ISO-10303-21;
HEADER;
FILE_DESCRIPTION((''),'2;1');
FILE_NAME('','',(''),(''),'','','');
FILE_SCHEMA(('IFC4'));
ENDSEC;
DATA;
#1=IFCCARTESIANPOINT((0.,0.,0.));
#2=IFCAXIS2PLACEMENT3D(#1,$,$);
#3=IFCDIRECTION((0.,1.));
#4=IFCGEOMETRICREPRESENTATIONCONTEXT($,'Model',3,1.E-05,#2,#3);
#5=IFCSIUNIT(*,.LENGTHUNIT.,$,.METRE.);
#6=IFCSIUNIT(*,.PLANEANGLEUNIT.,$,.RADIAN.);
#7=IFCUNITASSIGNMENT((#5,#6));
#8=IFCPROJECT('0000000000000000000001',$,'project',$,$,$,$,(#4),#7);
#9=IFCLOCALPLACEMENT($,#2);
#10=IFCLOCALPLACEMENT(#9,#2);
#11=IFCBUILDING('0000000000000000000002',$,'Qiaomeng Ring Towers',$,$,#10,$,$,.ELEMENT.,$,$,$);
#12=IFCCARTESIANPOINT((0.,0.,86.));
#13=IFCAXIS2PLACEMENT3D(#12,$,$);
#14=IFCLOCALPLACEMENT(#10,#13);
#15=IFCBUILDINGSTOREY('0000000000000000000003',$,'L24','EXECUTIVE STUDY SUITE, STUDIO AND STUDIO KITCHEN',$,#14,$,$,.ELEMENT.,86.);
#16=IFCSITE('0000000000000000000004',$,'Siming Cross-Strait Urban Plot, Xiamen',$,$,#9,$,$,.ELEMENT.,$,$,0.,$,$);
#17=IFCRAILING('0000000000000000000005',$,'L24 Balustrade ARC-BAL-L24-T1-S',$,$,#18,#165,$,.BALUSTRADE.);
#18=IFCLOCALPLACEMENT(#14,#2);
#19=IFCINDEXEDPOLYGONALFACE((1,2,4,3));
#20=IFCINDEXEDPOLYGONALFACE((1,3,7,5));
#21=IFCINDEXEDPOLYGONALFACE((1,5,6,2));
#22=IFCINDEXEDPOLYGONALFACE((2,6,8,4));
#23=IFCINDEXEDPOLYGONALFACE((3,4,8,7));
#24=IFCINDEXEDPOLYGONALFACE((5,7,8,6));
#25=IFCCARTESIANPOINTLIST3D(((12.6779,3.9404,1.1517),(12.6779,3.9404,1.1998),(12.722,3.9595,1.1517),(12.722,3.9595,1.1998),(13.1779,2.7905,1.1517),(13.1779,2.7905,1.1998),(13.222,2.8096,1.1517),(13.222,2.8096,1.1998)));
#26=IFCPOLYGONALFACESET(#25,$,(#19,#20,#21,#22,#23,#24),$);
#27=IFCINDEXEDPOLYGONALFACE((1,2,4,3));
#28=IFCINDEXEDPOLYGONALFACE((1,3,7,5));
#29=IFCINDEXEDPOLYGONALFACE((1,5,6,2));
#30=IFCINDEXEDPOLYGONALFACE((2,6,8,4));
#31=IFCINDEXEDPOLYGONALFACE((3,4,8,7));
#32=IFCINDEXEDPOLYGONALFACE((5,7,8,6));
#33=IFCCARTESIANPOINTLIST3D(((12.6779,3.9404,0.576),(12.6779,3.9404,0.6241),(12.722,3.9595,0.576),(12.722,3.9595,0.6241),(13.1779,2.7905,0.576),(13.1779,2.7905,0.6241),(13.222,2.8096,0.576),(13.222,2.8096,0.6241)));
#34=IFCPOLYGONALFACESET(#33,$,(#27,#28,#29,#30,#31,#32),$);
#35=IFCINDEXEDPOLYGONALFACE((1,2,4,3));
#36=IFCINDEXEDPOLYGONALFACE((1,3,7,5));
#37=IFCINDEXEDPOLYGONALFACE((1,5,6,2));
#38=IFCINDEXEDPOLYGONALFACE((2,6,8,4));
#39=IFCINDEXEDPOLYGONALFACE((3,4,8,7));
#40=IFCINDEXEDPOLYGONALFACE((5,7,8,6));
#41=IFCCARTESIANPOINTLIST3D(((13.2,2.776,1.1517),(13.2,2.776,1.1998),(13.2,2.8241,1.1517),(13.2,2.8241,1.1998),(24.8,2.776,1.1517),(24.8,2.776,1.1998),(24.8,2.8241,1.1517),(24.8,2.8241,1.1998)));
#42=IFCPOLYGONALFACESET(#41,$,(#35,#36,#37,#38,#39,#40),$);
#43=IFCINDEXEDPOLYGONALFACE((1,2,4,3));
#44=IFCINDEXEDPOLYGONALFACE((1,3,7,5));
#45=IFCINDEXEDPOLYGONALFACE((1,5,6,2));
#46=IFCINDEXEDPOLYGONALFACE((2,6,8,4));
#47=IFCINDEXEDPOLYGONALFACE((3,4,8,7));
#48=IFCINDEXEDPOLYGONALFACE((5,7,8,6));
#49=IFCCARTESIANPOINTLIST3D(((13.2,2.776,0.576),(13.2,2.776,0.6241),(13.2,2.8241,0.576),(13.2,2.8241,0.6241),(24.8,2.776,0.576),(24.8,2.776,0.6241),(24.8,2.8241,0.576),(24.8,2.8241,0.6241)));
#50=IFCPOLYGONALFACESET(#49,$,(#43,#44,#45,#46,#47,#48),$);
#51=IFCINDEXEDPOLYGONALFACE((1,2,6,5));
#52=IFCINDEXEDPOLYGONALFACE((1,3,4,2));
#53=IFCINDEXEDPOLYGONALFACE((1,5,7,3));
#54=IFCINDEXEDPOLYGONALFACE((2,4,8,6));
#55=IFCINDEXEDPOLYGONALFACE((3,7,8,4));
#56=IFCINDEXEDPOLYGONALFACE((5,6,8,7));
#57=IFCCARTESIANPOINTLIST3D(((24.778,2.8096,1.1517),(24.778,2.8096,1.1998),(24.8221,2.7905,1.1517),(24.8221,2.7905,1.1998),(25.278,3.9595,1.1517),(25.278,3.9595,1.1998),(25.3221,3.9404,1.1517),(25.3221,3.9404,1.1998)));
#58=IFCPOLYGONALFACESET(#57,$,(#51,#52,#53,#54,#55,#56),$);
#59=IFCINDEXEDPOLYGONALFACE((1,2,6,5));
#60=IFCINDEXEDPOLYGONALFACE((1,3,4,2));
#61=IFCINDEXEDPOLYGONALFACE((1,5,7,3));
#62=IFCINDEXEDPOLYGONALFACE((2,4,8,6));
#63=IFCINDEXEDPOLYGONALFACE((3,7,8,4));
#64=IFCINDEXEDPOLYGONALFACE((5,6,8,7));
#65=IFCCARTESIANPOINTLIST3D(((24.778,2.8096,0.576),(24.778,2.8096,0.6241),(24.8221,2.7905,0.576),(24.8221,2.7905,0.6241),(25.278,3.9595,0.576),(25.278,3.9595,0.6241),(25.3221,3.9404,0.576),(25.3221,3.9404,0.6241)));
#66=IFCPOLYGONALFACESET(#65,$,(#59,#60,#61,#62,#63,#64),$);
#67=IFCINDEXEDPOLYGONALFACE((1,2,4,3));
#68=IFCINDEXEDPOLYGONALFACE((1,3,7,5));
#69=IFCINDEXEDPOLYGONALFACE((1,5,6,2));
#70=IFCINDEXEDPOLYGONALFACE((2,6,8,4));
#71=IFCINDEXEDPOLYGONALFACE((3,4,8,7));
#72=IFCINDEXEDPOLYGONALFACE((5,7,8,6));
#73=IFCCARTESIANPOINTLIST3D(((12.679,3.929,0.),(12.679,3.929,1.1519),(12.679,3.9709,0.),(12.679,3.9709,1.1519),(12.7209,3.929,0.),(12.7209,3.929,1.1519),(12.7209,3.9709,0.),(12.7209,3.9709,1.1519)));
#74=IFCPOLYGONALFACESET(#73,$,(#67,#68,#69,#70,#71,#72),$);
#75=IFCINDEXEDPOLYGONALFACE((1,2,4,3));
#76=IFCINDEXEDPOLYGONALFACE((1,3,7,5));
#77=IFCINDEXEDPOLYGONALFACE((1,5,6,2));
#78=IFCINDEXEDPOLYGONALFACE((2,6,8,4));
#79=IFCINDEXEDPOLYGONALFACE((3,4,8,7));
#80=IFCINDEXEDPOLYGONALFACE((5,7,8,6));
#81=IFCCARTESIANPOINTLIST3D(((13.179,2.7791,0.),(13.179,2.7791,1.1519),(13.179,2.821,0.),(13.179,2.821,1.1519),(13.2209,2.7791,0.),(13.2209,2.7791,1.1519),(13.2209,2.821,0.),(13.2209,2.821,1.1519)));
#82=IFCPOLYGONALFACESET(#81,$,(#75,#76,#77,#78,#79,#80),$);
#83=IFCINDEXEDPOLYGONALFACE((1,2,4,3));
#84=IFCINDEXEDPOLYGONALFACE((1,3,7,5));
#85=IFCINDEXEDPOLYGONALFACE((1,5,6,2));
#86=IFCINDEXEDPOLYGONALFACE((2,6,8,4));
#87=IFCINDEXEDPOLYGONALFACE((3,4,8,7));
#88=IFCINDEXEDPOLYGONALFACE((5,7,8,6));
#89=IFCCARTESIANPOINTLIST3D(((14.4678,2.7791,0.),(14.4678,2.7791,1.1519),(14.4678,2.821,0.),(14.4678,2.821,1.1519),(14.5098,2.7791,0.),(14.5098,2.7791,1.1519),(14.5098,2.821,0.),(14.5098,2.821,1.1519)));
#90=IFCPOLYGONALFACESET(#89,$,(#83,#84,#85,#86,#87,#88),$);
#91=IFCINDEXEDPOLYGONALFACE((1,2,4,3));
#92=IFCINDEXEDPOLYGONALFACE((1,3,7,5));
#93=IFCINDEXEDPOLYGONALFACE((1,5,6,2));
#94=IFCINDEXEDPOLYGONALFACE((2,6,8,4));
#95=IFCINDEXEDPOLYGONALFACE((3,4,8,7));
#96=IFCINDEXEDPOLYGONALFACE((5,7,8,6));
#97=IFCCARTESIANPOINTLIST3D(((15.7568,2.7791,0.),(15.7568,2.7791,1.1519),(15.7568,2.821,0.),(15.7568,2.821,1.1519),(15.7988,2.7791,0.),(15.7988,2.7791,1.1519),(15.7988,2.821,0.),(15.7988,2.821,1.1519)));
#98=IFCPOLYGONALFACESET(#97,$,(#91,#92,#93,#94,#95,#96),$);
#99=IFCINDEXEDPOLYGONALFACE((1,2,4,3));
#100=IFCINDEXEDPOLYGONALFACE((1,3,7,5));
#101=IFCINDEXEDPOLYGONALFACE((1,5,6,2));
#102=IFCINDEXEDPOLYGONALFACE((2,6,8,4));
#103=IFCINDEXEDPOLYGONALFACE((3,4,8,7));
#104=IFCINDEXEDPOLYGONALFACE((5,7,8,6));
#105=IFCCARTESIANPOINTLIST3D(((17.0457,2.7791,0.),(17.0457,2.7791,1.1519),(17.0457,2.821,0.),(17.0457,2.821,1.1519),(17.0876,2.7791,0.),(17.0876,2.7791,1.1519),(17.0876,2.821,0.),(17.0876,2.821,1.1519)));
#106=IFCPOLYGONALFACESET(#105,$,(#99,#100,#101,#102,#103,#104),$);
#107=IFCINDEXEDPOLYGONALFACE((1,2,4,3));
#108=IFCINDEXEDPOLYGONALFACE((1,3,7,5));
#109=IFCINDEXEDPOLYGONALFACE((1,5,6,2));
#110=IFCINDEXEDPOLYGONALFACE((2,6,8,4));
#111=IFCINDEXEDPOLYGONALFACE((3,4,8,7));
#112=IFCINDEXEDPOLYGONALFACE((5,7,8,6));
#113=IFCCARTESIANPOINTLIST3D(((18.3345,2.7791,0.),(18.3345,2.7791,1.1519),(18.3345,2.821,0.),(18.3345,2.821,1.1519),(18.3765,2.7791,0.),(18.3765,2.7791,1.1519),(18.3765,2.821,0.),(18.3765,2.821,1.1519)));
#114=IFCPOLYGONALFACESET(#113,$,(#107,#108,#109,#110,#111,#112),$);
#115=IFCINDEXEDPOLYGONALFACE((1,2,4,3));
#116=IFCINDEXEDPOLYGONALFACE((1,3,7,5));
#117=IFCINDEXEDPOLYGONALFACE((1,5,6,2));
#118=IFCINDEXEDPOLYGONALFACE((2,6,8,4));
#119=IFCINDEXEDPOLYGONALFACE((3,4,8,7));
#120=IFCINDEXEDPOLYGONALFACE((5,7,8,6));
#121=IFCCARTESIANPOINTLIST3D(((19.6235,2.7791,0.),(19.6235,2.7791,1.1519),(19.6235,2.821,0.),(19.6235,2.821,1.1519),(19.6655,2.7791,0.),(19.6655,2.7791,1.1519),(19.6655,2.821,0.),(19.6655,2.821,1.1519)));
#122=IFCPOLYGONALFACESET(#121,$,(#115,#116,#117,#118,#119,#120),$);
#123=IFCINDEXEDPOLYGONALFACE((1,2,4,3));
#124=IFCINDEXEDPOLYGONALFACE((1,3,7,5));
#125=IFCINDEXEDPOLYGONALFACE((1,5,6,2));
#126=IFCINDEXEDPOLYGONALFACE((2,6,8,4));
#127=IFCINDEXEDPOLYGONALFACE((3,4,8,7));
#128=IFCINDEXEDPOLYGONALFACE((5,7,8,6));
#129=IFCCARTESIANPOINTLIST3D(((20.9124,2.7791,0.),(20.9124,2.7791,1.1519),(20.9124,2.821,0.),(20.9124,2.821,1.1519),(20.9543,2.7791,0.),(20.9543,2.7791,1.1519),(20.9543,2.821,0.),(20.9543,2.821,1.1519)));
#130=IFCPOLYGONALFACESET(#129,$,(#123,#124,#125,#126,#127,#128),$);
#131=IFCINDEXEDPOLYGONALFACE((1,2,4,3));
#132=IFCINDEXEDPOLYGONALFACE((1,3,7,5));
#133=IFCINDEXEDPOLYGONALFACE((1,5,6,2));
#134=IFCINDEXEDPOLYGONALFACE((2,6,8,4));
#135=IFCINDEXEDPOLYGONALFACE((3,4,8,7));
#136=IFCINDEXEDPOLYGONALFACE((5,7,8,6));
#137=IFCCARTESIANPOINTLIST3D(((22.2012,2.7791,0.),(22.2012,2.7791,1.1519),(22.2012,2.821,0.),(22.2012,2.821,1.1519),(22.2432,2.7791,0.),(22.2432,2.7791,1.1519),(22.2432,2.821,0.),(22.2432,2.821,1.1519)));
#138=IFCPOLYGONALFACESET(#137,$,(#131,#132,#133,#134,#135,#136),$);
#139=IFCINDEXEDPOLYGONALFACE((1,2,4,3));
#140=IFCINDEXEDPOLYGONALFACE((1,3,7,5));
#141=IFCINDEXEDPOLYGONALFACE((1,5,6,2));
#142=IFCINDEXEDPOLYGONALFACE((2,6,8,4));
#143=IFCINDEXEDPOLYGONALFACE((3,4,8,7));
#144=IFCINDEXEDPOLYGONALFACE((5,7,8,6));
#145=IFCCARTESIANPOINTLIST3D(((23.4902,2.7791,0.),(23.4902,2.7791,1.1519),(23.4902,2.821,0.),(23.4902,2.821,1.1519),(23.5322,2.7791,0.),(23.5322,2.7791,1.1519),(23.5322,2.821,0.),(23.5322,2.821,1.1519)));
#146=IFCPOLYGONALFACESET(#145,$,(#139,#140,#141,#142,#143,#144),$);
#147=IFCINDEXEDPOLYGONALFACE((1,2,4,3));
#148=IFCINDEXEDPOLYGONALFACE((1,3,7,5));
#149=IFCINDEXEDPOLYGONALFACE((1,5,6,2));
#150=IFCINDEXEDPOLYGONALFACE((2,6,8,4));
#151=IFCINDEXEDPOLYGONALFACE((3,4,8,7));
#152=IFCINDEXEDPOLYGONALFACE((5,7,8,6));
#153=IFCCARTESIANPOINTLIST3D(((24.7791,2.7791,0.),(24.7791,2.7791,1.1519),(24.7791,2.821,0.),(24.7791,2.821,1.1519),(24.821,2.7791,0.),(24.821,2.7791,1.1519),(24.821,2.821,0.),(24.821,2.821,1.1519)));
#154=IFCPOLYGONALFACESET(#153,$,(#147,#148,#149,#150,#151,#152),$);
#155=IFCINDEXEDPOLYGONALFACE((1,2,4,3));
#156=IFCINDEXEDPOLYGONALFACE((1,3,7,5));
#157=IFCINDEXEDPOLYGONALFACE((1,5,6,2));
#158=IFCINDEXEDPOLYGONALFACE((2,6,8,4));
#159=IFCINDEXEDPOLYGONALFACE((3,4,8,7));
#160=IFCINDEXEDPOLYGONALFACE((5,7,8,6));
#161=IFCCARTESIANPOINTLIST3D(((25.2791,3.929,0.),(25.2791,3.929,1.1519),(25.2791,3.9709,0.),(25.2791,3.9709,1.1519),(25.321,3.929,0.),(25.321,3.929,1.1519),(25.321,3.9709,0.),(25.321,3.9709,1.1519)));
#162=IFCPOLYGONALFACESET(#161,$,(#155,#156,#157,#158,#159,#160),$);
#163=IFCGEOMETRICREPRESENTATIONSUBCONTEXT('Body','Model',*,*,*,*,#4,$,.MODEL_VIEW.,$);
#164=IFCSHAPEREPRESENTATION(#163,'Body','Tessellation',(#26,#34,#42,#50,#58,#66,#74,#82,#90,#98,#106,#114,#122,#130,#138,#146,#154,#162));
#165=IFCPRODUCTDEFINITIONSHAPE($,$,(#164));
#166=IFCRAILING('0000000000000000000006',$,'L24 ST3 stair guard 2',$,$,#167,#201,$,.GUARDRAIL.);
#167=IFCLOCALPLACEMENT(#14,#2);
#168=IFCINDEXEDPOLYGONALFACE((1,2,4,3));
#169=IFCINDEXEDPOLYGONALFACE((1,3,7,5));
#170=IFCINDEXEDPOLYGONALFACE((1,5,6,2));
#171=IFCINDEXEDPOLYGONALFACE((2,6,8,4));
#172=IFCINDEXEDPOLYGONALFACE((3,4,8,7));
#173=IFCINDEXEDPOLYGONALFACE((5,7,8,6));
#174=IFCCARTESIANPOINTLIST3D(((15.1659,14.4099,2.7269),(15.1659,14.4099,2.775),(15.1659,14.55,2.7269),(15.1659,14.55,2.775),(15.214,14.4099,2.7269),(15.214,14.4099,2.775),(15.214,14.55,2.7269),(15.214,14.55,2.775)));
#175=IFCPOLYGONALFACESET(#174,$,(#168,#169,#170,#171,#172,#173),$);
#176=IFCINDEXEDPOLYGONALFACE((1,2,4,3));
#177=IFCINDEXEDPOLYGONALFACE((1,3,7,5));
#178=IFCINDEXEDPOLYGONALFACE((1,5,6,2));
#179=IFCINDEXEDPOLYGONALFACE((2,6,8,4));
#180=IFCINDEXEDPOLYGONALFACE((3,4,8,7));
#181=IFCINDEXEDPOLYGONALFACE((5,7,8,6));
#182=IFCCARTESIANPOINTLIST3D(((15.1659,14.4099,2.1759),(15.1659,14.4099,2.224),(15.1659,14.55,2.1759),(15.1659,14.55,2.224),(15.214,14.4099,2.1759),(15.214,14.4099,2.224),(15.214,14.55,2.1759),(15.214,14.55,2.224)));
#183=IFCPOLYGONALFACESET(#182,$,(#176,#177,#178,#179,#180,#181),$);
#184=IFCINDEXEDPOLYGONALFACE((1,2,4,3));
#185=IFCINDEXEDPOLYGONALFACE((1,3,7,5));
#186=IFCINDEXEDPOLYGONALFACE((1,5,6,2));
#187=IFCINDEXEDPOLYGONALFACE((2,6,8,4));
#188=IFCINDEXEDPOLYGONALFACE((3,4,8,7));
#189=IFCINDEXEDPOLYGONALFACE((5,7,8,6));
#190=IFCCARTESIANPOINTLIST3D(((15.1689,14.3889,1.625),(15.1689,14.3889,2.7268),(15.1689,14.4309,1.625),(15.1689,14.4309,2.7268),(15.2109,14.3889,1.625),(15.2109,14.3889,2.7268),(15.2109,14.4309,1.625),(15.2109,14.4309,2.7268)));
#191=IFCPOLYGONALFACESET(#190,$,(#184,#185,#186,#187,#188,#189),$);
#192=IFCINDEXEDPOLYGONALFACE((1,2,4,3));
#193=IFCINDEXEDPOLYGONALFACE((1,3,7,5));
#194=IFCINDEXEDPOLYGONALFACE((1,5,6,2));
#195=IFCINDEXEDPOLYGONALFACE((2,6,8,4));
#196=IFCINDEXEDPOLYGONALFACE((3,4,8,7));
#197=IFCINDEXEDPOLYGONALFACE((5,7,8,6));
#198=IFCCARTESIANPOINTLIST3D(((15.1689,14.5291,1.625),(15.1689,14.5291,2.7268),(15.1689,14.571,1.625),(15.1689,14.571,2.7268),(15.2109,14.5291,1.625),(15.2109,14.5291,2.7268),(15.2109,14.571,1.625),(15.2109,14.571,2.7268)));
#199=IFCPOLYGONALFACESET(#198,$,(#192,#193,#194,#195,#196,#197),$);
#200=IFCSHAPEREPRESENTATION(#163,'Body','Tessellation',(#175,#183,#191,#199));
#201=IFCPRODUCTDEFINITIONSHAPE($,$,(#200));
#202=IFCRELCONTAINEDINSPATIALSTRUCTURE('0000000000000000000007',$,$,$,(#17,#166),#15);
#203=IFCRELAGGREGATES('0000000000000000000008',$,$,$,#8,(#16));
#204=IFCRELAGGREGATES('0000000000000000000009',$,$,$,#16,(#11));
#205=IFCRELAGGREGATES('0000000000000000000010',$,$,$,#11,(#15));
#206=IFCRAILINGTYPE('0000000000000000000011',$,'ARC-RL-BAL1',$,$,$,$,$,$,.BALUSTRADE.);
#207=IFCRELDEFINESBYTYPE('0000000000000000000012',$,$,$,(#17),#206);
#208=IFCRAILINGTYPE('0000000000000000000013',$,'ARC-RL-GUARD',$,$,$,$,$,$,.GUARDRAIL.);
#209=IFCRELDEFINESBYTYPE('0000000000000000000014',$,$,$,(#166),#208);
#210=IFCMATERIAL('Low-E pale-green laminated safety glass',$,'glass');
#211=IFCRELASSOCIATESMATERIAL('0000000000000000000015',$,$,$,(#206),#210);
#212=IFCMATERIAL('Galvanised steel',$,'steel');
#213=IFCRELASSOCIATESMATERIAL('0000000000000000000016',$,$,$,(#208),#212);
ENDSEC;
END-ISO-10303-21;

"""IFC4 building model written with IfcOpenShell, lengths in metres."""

from ifc_helpers import new_model, si_unit, direction, frame, origin, origin_2d, place, context, subcontext, project, spatial, rectangle, extrude, material, type_object, element, save


model = new_model("IFC4")

# Units and contexts
model_context = context("Model", 3, precision=1e-05, world=origin(), true_north=direction((0.0, 1.0)))
body_context = subcontext(model_context, "Body", "Model", "MODEL_VIEW")
ifc_project = project(units=[si_unit("LENGTHUNIT", "METRE"), si_unit("PLANEANGLEUNIT", "RADIAN")], contexts=[model_context])

# Site, building, storey
site_placement = place(None, origin())
site = spatial("IfcSite", under=ifc_project, at=site_placement, Name="Siming Cross-Strait Urban Plot, Xiamen", CompositionType="ELEMENT", RefElevation=0.0)
building_placement = place(site_placement, origin())
building = spatial("IfcBuilding", under=site, at=building_placement, Name="Qiaomeng Ring Towers", CompositionType="ELEMENT")
storey_placement = place(building_placement, frame((0.0, 0.0, 86.0)))
storey = spatial("IfcBuildingStorey", under=building, at=storey_placement, Name="L24", Description="EXECUTIVE STUDY SUITE, STUDIO AND STUDIO KITCHEN", CompositionType="ELEMENT", Elevation=86.0)

# Shared definitions
ifc_material_1 = material(Name="Galvanised steel", Category="steel")

# Railings
ifc_material_2 = material(Name="Low-E pale-green laminated safety glass", Category="glass")
railing_type_1 = type_object("IfcRailingType", Name="ARC-RL-BAL1", PredefinedType="BALUSTRADE", material=ifc_material_2)
railing_1_placement = place(storey_placement, frame((12.7, 3.95, 0.0)))
element("IfcRailing", 1, at=railing_1_placement, inside=storey, type_object=railing_type_1, Name="L24 Balustrade ARC-BAL-L24-T1-S", PredefinedType="BALUSTRADE", context=body_context, shape_type="SweptSolid", body=[
    extrude(rectangle(XDim=0.0481, YDim=0.0481, at=origin_2d()), frame((0.0, 0.0, 1.1758), z_axis=(0.398755, -0.917058, 0.0), x_axis=(0.917058, 0.398755, 0.0)), (0.0, 0.0, 1.0), 1.2539),
    extrude(rectangle(XDim=0.0481, YDim=0.0481, at=origin_2d()), frame((0.0, 0.0, 0.6001), z_axis=(0.398755, -0.917058, 0.0), x_axis=(0.917058, 0.398755, 0.0)), (0.0, 0.0, 1.0), 1.2539),
    extrude(rectangle(XDim=0.0481, YDim=0.0481, at=origin_2d()), frame((0.5, -1.1499, 1.1758), z_axis=(1.0, 0.0, 0.0), x_axis=(0.0, 1.0, 0.0)), (0.0, 0.0, 1.0), 11.6001),
    extrude(rectangle(XDim=0.0481, YDim=0.0481, at=origin_2d()), frame((0.5, -1.1499, 0.6001), z_axis=(1.0, 0.0, 0.0), x_axis=(0.0, 1.0, 0.0)), (0.0, 0.0, 1.0), 11.6001),
    extrude(rectangle(XDim=0.0481, YDim=0.0481, at=origin_2d()), frame((12.1001, -1.1499, 1.1758), z_axis=(0.398755, 0.917058, 0.0), x_axis=(-0.917058, 0.398755, 0.0)), (0.0, 0.0, 1.0), 1.2539),
    extrude(rectangle(XDim=0.0481, YDim=0.0481, at=origin_2d()), frame((12.1001, -1.1499, 0.6001), z_axis=(0.398755, 0.917058, 0.0), x_axis=(-0.917058, 0.398755, 0.0)), (0.0, 0.0, 1.0), 1.2539),
    extrude(rectangle(XDim=0.042, YDim=0.042, at=origin_2d()), origin(), (0.0, 0.0, 1.0), 1.1519),
    extrude(rectangle(XDim=0.042, YDim=0.042, at=origin_2d()), frame((0.5, -1.1499, 0.0)), (0.0, 0.0, 1.0), 1.1519),
    extrude(rectangle(XDim=0.042, YDim=0.042, at=origin_2d()), frame((1.7888, -1.1499, 0.0)), (0.0, 0.0, 1.0), 1.1519),
    extrude(rectangle(XDim=0.042, YDim=0.042, at=origin_2d()), frame((3.0779, -1.1499, 0.0)), (0.0, 0.0, 1.0), 1.1519),
    extrude(rectangle(XDim=0.042, YDim=0.042, at=origin_2d()), frame((4.3667, -1.1499, 0.0)), (0.0, 0.0, 1.0), 1.1519),
    extrude(rectangle(XDim=0.042, YDim=0.042, at=origin_2d()), frame((5.6555, -1.1499, 0.0)), (0.0, 0.0, 1.0), 1.1519),
    extrude(rectangle(XDim=0.042, YDim=0.042, at=origin_2d()), frame((6.9446, -1.1499, 0.0)), (0.0, 0.0, 1.0), 1.1519),
    extrude(rectangle(XDim=0.042, YDim=0.042, at=origin_2d()), frame((8.2334, -1.1499, 0.0)), (0.0, 0.0, 1.0), 1.1519),
    extrude(rectangle(XDim=0.042, YDim=0.042, at=origin_2d()), frame((9.5222, -1.1499, 0.0)), (0.0, 0.0, 1.0), 1.1519),
    extrude(rectangle(XDim=0.042, YDim=0.042, at=origin_2d()), frame((10.8113, -1.1499, 0.0)), (0.0, 0.0, 1.0), 1.1519),
    extrude(rectangle(XDim=0.042, YDim=0.042, at=origin_2d()), frame((12.1001, -1.1499, 0.0)), (0.0, 0.0, 1.0), 1.1519),
    extrude(rectangle(XDim=0.042, YDim=0.042, at=origin_2d()), frame((12.6001, 0.0, 0.0)), (0.0, 0.0, 1.0), 1.1519),
])
railing_type_2 = type_object("IfcRailingType", Name="ARC-RL-GUARD", PredefinedType="GUARDRAIL", material=ifc_material_1)
railing_2_placement = place(storey_placement, frame((15.1899, 14.4099, 1.625)))
element("IfcRailing", 2, at=railing_2_placement, inside=storey, type_object=railing_type_2, Name="L24 ST3 stair guard 2", PredefinedType="GUARDRAIL", context=body_context, shape_type="SweptSolid", body=[
    extrude(rectangle(XDim=0.0481, YDim=0.0481, at=origin_2d()), frame((0.0, 0.0, 1.126), z_axis=(0.0, 1.0, 0.0), x_axis=(-1.0, 0.0, 0.0)), (0.0, 0.0, 1.0), 0.1401),
    extrude(rectangle(XDim=0.0481, YDim=0.0481, at=origin_2d()), frame((0.0, 0.0, 0.575), z_axis=(0.0, 1.0, 0.0), x_axis=(-1.0, 0.0, 0.0)), (0.0, 0.0, 1.0), 0.1401),
    extrude(rectangle(XDim=0.042, YDim=0.042, at=origin_2d()), origin(), (0.0, 0.0, 1.0), 1.1018),
    extrude(rectangle(XDim=0.042, YDim=0.042, at=origin_2d()), frame((0.0, 0.1401, 0.0)), (0.0, 0.0, 1.0), 1.1018),
])

save(model, "model.ifc")
